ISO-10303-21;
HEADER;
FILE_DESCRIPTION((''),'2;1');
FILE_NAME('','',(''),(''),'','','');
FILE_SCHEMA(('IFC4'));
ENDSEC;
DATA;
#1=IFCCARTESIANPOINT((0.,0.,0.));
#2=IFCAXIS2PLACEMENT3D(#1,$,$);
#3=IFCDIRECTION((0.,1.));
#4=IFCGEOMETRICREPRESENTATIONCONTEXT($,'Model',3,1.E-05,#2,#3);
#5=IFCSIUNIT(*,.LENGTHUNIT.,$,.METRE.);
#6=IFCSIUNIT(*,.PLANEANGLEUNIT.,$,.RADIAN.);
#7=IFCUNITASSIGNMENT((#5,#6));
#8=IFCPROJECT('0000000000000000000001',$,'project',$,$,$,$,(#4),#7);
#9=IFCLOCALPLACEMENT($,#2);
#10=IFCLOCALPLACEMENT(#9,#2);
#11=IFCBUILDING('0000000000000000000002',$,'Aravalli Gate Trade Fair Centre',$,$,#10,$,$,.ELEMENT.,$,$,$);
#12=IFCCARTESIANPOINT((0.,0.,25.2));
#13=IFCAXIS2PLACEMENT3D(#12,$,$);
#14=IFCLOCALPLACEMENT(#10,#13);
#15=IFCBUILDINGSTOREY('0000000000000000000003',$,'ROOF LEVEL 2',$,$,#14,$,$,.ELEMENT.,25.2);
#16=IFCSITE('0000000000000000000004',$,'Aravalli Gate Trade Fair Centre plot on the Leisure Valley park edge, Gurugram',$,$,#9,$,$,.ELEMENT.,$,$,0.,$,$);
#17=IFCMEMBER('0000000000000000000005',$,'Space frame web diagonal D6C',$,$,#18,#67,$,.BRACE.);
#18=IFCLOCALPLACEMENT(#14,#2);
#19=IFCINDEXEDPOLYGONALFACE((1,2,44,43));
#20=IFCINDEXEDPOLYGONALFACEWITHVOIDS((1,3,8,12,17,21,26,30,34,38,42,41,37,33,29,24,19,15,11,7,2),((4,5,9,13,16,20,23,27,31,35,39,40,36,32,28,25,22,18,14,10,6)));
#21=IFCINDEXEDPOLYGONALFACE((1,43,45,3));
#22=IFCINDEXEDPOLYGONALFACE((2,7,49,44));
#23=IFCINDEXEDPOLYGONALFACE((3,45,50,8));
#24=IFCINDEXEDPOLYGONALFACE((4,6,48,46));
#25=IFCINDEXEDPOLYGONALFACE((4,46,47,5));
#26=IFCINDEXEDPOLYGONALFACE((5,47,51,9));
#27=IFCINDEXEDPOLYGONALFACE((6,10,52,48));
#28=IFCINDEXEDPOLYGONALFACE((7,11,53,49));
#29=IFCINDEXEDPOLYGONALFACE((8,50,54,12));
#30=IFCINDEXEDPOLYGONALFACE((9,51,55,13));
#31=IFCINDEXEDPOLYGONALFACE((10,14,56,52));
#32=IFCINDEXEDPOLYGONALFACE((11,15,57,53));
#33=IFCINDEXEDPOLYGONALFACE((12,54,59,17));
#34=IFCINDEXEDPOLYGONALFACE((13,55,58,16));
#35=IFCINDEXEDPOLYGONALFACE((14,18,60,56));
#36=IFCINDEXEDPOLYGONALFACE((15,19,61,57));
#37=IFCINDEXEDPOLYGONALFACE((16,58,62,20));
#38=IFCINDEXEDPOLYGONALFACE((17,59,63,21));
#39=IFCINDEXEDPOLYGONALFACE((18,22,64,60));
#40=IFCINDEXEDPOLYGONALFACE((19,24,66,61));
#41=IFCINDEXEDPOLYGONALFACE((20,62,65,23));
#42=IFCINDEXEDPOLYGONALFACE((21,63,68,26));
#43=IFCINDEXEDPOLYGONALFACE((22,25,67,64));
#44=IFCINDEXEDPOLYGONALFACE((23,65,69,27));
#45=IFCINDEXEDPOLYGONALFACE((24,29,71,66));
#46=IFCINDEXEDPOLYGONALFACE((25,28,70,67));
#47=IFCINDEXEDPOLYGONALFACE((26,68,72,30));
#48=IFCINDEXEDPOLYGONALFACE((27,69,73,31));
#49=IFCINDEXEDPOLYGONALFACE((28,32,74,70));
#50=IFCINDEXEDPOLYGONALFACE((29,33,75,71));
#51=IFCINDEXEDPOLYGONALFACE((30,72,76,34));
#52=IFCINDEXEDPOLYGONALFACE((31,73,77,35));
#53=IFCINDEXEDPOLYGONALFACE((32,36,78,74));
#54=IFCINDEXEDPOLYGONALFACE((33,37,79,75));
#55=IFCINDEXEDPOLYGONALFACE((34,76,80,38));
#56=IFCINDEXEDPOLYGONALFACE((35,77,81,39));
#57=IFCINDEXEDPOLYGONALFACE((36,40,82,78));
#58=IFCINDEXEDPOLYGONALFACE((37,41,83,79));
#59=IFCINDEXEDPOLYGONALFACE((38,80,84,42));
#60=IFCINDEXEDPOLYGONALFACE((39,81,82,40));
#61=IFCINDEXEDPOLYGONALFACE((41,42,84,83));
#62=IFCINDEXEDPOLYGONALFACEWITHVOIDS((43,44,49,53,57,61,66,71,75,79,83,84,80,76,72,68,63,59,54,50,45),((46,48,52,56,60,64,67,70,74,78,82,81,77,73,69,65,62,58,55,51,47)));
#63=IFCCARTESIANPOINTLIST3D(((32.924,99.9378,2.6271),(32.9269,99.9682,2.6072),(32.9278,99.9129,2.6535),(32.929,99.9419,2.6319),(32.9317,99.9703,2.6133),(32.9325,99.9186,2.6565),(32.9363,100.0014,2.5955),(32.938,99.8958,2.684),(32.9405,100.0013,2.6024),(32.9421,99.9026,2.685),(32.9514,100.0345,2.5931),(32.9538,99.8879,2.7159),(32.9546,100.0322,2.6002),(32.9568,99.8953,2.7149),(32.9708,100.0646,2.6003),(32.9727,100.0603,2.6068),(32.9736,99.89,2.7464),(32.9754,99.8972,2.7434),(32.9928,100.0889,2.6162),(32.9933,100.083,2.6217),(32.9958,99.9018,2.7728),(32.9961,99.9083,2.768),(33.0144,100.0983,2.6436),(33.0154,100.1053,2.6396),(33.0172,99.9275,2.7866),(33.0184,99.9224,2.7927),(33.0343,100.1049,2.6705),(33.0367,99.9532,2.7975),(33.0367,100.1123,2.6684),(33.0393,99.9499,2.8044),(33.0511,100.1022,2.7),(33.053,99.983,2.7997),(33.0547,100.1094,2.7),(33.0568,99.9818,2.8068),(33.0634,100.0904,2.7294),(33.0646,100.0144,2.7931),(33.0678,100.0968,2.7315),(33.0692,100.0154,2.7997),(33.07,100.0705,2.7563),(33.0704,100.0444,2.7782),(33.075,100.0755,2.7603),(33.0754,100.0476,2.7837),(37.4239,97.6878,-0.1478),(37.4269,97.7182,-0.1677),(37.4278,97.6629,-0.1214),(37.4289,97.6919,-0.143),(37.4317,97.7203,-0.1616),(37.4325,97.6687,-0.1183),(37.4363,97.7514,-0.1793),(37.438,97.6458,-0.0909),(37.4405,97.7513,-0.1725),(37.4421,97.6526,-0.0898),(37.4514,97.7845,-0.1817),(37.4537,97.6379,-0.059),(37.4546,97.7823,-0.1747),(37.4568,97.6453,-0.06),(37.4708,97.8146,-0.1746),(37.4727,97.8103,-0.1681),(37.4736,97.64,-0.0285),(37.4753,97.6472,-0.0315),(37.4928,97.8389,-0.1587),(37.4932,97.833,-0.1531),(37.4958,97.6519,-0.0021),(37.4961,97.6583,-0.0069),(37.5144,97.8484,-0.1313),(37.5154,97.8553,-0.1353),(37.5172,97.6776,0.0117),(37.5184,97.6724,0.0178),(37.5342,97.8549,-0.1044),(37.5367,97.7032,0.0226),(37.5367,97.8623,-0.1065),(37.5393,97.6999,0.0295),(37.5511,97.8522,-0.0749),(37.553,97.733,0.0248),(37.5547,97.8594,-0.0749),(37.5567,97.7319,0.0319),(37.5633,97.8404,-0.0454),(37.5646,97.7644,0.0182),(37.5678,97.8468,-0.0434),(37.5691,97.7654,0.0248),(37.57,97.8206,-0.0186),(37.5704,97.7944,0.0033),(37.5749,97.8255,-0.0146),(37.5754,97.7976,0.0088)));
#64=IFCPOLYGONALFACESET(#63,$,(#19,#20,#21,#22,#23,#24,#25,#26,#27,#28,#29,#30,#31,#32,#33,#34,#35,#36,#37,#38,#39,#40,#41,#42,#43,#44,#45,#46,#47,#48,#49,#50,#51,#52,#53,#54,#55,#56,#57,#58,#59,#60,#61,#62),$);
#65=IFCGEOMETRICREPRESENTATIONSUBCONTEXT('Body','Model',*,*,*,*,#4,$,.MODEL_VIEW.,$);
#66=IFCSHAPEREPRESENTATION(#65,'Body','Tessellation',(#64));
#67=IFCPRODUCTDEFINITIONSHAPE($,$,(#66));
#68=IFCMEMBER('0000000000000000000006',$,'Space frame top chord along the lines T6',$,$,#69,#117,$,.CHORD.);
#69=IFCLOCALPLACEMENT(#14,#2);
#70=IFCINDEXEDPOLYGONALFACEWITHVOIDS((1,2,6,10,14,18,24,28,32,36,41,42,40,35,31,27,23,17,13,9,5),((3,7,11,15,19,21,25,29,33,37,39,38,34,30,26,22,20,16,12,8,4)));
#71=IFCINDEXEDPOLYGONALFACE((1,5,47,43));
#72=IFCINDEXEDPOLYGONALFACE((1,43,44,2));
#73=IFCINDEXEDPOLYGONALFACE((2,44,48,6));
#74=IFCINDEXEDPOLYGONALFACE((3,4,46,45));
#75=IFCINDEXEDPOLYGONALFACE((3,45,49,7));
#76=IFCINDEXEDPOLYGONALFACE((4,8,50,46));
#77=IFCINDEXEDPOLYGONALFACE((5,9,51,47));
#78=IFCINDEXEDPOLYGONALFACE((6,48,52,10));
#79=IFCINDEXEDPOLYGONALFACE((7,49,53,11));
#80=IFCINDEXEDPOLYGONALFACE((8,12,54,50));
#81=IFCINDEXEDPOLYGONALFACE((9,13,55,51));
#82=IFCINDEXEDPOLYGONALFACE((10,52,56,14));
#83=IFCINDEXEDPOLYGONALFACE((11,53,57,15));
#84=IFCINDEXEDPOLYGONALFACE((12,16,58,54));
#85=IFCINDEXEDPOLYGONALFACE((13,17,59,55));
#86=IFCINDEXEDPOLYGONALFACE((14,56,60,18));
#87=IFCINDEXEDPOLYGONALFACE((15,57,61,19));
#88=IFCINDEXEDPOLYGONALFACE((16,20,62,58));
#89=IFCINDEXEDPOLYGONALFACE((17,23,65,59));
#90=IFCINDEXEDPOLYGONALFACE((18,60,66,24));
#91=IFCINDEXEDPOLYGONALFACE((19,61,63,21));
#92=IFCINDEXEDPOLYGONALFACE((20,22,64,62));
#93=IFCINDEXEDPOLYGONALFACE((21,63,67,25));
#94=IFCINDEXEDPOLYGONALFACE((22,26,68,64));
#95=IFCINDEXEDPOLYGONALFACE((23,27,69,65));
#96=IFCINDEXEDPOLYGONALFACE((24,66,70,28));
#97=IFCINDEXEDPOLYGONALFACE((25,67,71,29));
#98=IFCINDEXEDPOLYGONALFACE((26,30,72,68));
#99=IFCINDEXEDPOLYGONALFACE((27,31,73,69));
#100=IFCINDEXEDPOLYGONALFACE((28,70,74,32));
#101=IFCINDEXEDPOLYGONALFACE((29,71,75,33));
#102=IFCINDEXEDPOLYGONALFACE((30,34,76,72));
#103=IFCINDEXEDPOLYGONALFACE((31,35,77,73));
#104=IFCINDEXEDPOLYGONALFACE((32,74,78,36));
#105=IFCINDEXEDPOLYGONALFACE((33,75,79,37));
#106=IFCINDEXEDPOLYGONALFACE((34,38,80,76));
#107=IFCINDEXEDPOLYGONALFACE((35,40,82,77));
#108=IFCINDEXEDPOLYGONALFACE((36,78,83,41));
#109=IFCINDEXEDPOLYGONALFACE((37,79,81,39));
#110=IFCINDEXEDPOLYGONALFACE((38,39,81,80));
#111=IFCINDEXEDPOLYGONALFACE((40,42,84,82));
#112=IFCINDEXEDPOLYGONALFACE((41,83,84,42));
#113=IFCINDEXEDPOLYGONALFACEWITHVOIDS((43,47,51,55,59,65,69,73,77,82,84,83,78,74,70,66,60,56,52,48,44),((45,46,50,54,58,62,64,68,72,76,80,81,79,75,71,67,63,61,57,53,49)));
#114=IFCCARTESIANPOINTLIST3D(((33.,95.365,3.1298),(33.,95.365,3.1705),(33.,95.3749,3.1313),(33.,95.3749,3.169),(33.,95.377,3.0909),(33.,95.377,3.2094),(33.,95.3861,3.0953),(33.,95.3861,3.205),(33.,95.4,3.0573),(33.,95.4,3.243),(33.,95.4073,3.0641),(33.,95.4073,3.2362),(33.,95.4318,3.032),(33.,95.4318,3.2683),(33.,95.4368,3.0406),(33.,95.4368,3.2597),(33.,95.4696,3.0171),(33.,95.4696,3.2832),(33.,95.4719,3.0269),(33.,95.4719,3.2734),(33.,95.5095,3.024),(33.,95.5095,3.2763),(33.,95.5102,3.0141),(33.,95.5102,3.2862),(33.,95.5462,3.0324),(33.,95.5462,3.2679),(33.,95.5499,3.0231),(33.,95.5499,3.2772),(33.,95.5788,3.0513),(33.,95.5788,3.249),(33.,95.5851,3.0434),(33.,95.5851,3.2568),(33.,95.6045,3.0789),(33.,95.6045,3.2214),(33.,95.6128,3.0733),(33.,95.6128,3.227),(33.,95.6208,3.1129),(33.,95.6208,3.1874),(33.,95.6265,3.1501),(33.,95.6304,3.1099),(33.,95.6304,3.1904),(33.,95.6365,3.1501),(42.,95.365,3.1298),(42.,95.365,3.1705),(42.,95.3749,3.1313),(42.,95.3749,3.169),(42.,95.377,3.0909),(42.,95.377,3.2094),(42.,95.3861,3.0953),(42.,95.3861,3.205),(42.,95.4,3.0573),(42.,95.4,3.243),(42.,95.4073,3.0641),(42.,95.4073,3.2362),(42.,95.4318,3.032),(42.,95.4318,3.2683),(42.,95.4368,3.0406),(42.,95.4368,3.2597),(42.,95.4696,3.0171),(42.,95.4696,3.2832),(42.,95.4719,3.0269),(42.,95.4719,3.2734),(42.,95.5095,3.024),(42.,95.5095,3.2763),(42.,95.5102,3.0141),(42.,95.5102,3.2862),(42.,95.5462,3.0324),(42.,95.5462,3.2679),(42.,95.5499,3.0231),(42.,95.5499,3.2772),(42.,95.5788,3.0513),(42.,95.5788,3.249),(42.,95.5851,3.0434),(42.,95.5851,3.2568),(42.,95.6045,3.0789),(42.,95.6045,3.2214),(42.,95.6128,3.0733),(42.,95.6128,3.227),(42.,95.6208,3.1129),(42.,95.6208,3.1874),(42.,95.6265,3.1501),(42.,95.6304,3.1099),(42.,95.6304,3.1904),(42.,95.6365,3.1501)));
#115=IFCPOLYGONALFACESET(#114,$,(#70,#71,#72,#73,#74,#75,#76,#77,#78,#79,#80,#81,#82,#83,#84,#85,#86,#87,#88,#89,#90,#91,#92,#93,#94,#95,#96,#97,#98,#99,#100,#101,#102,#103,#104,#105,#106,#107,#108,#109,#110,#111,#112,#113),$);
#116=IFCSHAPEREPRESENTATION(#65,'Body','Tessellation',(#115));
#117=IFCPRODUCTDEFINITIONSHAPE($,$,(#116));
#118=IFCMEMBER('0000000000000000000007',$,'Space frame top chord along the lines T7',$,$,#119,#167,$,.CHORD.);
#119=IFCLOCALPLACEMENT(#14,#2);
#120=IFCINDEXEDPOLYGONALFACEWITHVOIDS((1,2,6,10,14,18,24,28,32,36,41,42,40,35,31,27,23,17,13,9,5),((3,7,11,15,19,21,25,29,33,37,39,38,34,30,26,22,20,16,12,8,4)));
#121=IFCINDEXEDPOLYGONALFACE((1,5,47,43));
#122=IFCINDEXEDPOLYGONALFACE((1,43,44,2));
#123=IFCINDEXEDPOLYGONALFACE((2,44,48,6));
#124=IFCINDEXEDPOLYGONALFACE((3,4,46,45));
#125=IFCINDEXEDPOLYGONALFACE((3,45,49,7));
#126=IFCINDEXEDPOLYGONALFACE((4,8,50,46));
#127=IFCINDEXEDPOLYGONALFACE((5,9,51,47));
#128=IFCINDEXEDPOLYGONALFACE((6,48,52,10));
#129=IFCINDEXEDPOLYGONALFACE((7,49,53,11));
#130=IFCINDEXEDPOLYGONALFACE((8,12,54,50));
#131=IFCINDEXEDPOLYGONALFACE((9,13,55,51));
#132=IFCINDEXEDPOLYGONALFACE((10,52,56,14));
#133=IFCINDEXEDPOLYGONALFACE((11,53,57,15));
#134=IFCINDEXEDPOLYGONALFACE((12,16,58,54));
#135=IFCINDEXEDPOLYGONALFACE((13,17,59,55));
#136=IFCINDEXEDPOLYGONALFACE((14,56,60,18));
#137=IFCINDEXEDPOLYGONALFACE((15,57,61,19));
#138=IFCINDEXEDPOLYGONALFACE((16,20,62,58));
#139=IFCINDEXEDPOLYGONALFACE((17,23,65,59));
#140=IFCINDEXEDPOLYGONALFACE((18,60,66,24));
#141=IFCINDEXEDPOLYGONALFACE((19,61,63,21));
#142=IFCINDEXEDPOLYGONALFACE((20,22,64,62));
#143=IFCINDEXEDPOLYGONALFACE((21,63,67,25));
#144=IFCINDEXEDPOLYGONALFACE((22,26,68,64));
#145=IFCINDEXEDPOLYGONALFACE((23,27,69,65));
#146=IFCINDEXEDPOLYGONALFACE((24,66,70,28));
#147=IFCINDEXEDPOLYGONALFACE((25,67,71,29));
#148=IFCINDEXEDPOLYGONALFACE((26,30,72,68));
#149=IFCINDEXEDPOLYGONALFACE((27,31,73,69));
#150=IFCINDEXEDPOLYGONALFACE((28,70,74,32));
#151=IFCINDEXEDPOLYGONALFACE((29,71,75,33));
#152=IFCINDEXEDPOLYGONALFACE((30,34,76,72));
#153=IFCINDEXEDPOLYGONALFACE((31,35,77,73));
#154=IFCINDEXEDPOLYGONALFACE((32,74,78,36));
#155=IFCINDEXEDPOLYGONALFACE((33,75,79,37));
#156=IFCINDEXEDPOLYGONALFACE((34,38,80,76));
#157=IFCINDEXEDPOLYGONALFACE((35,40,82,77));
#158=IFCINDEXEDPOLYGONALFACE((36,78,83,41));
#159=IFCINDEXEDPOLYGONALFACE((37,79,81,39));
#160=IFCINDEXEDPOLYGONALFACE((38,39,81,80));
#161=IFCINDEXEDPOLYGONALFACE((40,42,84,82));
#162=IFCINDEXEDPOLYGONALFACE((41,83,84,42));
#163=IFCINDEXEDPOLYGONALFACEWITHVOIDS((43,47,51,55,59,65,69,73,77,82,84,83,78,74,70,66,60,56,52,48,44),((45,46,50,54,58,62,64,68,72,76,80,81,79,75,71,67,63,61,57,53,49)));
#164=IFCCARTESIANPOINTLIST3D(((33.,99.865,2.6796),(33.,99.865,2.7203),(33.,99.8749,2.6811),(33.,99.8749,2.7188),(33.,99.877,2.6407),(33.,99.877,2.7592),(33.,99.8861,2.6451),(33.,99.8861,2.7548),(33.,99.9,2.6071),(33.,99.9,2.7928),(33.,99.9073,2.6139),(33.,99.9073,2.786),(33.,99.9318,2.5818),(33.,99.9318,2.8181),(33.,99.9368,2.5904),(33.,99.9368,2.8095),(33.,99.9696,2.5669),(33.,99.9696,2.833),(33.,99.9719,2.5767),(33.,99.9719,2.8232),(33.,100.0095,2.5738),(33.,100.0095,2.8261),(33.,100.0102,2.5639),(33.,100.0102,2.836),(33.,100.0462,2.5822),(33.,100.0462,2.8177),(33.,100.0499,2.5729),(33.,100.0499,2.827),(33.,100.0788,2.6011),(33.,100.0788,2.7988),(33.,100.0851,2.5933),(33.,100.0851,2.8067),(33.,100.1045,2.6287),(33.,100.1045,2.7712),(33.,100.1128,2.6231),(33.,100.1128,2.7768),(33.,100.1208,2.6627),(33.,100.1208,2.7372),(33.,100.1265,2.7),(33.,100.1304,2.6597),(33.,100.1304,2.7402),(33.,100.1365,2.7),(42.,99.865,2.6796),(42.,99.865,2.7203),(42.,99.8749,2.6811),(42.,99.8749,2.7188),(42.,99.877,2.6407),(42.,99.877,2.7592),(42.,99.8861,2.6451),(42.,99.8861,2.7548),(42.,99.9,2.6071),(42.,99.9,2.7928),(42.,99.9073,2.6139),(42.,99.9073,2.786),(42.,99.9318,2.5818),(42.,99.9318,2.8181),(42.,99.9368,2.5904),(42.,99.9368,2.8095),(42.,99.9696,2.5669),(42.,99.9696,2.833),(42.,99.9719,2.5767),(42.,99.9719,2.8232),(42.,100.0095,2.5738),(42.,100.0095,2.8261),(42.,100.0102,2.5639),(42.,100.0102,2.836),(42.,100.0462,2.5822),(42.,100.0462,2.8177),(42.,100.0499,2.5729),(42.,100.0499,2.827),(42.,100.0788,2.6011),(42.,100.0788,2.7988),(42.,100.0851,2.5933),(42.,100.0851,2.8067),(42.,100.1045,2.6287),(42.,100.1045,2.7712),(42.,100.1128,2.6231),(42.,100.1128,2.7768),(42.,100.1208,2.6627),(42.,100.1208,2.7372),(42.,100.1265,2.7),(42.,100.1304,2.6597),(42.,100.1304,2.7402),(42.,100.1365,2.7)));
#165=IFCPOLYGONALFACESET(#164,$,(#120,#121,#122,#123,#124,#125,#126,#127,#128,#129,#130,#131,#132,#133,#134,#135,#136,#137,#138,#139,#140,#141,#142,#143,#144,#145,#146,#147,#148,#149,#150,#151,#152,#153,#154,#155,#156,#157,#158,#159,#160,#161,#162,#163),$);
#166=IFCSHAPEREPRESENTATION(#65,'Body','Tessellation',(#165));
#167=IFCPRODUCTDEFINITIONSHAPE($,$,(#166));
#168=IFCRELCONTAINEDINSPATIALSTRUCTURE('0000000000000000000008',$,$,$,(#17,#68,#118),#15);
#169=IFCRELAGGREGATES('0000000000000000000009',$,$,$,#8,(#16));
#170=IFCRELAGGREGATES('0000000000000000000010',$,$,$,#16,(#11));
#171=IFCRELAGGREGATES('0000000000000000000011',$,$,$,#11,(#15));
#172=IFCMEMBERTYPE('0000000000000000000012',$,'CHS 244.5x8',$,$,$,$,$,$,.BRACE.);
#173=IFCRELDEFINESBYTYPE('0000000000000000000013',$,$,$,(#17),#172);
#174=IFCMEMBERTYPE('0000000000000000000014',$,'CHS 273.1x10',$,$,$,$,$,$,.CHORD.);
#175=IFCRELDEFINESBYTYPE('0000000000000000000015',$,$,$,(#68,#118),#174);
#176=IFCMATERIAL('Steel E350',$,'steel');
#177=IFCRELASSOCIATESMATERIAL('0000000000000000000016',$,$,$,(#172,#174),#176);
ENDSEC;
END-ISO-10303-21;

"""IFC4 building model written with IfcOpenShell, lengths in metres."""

from ifc_helpers import new_model, si_unit, direction, frame, origin, origin_2d, place, context, subcontext, project, spatial, hollow_circle, extrude, material, material_profile, profile_set, type_object, element, save


model = new_model("IFC4")

# Units and contexts
model_context = context("Model", 3, precision=1e-05, world=origin(), true_north=direction((0.0, 1.0)))
body_context = subcontext(model_context, "Body", "Model", "MODEL_VIEW")
ifc_project = project(units=[si_unit("LENGTHUNIT", "METRE"), si_unit("PLANEANGLEUNIT", "RADIAN")], contexts=[model_context])

# Site, building, storey
site_placement = place(None, origin())
site = spatial("IfcSite", under=ifc_project, at=site_placement, Name="Aravalli Gate Trade Fair Centre plot on the Leisure Valley park edge, Gurugram", CompositionType="ELEMENT", RefElevation=0.0)
building_placement = place(site_placement, origin())
building = spatial("IfcBuilding", under=site, at=building_placement, Name="Aravalli Gate Trade Fair Centre", CompositionType="ELEMENT")
storey_placement = place(building_placement, frame((0.0, 0.0, 25.2)))
storey = spatial("IfcBuildingStorey", under=building, at=storey_placement, Name="ROOF LEVEL 2", CompositionType="ELEMENT", Elevation=25.2)

# Members
ifc_material_1 = material(Name="Steel E350", Category="steel")
ifc_material_profile_1 = material_profile(ifc_material_1, hollow_circle(Radius=0.1223, WallThickness=0.0081, at=origin_2d()), Name="CHS 244.5x8")
ifc_profile_set_1 = profile_set([ifc_material_profile_1], Name="Steel E350")
member_type_1 = type_object("IfcMemberType", Name="CHS 244.5x8", PredefinedType="BRACE", material=ifc_profile_set_1)
member_placement = place(storey_placement, frame((33.0, 100.0, 2.7), z_axis=(0.7832, -0.3916, -0.482956), x_axis=(0.447214, 0.894427, 0.0)))
element("IfcMember", 1, at=member_placement, inside=storey, type_object=member_type_1, Name="Space frame web diagonal D6C", PredefinedType="BRACE", context=body_context, shape_type="SweptSolid", body=[
    extrude(hollow_circle(Radius=0.1223, WallThickness=0.0081, at=origin_2d()), origin(), (0.0, 0.0, 1.0), 5.7456),
])
ifc_material_profile_2 = material_profile(ifc_material_1, hollow_circle(Radius=0.1365, WallThickness=0.01, at=origin_2d()), Name="CHS 273.1x10")
ifc_profile_set_2 = profile_set([ifc_material_profile_2], Name="Steel E350")
member_type_2 = type_object("IfcMemberType", Name="CHS 273.1x10", PredefinedType="CHORD", material=ifc_profile_set_2)
for number, where, z_axis, x_axis, name in (
    (2, (33.0, 95.5, 3.1501), (1.0, 0.0, 0.0), (0.0, 1.0, 0.0), "Space frame top chord along the lines T6"),
    (3, (33.0, 100.0, 2.7), (1.0, 0.0, 0.0), (0.0, 1.0, 0.0), "Space frame top chord along the lines T7"),
):
    element("IfcMember", number, at=place(storey_placement, frame(where, z_axis=z_axis, x_axis=x_axis)), inside=storey, type_object=member_type_2, Name=name, PredefinedType="CHORD", context=body_context, shape_type="SweptSolid", body=[
        extrude(hollow_circle(Radius=0.1365, WallThickness=0.01, at=origin_2d()), origin(), (0.0, 0.0, 1.0), 9.0),
    ])

save(model, "model.ifc")
